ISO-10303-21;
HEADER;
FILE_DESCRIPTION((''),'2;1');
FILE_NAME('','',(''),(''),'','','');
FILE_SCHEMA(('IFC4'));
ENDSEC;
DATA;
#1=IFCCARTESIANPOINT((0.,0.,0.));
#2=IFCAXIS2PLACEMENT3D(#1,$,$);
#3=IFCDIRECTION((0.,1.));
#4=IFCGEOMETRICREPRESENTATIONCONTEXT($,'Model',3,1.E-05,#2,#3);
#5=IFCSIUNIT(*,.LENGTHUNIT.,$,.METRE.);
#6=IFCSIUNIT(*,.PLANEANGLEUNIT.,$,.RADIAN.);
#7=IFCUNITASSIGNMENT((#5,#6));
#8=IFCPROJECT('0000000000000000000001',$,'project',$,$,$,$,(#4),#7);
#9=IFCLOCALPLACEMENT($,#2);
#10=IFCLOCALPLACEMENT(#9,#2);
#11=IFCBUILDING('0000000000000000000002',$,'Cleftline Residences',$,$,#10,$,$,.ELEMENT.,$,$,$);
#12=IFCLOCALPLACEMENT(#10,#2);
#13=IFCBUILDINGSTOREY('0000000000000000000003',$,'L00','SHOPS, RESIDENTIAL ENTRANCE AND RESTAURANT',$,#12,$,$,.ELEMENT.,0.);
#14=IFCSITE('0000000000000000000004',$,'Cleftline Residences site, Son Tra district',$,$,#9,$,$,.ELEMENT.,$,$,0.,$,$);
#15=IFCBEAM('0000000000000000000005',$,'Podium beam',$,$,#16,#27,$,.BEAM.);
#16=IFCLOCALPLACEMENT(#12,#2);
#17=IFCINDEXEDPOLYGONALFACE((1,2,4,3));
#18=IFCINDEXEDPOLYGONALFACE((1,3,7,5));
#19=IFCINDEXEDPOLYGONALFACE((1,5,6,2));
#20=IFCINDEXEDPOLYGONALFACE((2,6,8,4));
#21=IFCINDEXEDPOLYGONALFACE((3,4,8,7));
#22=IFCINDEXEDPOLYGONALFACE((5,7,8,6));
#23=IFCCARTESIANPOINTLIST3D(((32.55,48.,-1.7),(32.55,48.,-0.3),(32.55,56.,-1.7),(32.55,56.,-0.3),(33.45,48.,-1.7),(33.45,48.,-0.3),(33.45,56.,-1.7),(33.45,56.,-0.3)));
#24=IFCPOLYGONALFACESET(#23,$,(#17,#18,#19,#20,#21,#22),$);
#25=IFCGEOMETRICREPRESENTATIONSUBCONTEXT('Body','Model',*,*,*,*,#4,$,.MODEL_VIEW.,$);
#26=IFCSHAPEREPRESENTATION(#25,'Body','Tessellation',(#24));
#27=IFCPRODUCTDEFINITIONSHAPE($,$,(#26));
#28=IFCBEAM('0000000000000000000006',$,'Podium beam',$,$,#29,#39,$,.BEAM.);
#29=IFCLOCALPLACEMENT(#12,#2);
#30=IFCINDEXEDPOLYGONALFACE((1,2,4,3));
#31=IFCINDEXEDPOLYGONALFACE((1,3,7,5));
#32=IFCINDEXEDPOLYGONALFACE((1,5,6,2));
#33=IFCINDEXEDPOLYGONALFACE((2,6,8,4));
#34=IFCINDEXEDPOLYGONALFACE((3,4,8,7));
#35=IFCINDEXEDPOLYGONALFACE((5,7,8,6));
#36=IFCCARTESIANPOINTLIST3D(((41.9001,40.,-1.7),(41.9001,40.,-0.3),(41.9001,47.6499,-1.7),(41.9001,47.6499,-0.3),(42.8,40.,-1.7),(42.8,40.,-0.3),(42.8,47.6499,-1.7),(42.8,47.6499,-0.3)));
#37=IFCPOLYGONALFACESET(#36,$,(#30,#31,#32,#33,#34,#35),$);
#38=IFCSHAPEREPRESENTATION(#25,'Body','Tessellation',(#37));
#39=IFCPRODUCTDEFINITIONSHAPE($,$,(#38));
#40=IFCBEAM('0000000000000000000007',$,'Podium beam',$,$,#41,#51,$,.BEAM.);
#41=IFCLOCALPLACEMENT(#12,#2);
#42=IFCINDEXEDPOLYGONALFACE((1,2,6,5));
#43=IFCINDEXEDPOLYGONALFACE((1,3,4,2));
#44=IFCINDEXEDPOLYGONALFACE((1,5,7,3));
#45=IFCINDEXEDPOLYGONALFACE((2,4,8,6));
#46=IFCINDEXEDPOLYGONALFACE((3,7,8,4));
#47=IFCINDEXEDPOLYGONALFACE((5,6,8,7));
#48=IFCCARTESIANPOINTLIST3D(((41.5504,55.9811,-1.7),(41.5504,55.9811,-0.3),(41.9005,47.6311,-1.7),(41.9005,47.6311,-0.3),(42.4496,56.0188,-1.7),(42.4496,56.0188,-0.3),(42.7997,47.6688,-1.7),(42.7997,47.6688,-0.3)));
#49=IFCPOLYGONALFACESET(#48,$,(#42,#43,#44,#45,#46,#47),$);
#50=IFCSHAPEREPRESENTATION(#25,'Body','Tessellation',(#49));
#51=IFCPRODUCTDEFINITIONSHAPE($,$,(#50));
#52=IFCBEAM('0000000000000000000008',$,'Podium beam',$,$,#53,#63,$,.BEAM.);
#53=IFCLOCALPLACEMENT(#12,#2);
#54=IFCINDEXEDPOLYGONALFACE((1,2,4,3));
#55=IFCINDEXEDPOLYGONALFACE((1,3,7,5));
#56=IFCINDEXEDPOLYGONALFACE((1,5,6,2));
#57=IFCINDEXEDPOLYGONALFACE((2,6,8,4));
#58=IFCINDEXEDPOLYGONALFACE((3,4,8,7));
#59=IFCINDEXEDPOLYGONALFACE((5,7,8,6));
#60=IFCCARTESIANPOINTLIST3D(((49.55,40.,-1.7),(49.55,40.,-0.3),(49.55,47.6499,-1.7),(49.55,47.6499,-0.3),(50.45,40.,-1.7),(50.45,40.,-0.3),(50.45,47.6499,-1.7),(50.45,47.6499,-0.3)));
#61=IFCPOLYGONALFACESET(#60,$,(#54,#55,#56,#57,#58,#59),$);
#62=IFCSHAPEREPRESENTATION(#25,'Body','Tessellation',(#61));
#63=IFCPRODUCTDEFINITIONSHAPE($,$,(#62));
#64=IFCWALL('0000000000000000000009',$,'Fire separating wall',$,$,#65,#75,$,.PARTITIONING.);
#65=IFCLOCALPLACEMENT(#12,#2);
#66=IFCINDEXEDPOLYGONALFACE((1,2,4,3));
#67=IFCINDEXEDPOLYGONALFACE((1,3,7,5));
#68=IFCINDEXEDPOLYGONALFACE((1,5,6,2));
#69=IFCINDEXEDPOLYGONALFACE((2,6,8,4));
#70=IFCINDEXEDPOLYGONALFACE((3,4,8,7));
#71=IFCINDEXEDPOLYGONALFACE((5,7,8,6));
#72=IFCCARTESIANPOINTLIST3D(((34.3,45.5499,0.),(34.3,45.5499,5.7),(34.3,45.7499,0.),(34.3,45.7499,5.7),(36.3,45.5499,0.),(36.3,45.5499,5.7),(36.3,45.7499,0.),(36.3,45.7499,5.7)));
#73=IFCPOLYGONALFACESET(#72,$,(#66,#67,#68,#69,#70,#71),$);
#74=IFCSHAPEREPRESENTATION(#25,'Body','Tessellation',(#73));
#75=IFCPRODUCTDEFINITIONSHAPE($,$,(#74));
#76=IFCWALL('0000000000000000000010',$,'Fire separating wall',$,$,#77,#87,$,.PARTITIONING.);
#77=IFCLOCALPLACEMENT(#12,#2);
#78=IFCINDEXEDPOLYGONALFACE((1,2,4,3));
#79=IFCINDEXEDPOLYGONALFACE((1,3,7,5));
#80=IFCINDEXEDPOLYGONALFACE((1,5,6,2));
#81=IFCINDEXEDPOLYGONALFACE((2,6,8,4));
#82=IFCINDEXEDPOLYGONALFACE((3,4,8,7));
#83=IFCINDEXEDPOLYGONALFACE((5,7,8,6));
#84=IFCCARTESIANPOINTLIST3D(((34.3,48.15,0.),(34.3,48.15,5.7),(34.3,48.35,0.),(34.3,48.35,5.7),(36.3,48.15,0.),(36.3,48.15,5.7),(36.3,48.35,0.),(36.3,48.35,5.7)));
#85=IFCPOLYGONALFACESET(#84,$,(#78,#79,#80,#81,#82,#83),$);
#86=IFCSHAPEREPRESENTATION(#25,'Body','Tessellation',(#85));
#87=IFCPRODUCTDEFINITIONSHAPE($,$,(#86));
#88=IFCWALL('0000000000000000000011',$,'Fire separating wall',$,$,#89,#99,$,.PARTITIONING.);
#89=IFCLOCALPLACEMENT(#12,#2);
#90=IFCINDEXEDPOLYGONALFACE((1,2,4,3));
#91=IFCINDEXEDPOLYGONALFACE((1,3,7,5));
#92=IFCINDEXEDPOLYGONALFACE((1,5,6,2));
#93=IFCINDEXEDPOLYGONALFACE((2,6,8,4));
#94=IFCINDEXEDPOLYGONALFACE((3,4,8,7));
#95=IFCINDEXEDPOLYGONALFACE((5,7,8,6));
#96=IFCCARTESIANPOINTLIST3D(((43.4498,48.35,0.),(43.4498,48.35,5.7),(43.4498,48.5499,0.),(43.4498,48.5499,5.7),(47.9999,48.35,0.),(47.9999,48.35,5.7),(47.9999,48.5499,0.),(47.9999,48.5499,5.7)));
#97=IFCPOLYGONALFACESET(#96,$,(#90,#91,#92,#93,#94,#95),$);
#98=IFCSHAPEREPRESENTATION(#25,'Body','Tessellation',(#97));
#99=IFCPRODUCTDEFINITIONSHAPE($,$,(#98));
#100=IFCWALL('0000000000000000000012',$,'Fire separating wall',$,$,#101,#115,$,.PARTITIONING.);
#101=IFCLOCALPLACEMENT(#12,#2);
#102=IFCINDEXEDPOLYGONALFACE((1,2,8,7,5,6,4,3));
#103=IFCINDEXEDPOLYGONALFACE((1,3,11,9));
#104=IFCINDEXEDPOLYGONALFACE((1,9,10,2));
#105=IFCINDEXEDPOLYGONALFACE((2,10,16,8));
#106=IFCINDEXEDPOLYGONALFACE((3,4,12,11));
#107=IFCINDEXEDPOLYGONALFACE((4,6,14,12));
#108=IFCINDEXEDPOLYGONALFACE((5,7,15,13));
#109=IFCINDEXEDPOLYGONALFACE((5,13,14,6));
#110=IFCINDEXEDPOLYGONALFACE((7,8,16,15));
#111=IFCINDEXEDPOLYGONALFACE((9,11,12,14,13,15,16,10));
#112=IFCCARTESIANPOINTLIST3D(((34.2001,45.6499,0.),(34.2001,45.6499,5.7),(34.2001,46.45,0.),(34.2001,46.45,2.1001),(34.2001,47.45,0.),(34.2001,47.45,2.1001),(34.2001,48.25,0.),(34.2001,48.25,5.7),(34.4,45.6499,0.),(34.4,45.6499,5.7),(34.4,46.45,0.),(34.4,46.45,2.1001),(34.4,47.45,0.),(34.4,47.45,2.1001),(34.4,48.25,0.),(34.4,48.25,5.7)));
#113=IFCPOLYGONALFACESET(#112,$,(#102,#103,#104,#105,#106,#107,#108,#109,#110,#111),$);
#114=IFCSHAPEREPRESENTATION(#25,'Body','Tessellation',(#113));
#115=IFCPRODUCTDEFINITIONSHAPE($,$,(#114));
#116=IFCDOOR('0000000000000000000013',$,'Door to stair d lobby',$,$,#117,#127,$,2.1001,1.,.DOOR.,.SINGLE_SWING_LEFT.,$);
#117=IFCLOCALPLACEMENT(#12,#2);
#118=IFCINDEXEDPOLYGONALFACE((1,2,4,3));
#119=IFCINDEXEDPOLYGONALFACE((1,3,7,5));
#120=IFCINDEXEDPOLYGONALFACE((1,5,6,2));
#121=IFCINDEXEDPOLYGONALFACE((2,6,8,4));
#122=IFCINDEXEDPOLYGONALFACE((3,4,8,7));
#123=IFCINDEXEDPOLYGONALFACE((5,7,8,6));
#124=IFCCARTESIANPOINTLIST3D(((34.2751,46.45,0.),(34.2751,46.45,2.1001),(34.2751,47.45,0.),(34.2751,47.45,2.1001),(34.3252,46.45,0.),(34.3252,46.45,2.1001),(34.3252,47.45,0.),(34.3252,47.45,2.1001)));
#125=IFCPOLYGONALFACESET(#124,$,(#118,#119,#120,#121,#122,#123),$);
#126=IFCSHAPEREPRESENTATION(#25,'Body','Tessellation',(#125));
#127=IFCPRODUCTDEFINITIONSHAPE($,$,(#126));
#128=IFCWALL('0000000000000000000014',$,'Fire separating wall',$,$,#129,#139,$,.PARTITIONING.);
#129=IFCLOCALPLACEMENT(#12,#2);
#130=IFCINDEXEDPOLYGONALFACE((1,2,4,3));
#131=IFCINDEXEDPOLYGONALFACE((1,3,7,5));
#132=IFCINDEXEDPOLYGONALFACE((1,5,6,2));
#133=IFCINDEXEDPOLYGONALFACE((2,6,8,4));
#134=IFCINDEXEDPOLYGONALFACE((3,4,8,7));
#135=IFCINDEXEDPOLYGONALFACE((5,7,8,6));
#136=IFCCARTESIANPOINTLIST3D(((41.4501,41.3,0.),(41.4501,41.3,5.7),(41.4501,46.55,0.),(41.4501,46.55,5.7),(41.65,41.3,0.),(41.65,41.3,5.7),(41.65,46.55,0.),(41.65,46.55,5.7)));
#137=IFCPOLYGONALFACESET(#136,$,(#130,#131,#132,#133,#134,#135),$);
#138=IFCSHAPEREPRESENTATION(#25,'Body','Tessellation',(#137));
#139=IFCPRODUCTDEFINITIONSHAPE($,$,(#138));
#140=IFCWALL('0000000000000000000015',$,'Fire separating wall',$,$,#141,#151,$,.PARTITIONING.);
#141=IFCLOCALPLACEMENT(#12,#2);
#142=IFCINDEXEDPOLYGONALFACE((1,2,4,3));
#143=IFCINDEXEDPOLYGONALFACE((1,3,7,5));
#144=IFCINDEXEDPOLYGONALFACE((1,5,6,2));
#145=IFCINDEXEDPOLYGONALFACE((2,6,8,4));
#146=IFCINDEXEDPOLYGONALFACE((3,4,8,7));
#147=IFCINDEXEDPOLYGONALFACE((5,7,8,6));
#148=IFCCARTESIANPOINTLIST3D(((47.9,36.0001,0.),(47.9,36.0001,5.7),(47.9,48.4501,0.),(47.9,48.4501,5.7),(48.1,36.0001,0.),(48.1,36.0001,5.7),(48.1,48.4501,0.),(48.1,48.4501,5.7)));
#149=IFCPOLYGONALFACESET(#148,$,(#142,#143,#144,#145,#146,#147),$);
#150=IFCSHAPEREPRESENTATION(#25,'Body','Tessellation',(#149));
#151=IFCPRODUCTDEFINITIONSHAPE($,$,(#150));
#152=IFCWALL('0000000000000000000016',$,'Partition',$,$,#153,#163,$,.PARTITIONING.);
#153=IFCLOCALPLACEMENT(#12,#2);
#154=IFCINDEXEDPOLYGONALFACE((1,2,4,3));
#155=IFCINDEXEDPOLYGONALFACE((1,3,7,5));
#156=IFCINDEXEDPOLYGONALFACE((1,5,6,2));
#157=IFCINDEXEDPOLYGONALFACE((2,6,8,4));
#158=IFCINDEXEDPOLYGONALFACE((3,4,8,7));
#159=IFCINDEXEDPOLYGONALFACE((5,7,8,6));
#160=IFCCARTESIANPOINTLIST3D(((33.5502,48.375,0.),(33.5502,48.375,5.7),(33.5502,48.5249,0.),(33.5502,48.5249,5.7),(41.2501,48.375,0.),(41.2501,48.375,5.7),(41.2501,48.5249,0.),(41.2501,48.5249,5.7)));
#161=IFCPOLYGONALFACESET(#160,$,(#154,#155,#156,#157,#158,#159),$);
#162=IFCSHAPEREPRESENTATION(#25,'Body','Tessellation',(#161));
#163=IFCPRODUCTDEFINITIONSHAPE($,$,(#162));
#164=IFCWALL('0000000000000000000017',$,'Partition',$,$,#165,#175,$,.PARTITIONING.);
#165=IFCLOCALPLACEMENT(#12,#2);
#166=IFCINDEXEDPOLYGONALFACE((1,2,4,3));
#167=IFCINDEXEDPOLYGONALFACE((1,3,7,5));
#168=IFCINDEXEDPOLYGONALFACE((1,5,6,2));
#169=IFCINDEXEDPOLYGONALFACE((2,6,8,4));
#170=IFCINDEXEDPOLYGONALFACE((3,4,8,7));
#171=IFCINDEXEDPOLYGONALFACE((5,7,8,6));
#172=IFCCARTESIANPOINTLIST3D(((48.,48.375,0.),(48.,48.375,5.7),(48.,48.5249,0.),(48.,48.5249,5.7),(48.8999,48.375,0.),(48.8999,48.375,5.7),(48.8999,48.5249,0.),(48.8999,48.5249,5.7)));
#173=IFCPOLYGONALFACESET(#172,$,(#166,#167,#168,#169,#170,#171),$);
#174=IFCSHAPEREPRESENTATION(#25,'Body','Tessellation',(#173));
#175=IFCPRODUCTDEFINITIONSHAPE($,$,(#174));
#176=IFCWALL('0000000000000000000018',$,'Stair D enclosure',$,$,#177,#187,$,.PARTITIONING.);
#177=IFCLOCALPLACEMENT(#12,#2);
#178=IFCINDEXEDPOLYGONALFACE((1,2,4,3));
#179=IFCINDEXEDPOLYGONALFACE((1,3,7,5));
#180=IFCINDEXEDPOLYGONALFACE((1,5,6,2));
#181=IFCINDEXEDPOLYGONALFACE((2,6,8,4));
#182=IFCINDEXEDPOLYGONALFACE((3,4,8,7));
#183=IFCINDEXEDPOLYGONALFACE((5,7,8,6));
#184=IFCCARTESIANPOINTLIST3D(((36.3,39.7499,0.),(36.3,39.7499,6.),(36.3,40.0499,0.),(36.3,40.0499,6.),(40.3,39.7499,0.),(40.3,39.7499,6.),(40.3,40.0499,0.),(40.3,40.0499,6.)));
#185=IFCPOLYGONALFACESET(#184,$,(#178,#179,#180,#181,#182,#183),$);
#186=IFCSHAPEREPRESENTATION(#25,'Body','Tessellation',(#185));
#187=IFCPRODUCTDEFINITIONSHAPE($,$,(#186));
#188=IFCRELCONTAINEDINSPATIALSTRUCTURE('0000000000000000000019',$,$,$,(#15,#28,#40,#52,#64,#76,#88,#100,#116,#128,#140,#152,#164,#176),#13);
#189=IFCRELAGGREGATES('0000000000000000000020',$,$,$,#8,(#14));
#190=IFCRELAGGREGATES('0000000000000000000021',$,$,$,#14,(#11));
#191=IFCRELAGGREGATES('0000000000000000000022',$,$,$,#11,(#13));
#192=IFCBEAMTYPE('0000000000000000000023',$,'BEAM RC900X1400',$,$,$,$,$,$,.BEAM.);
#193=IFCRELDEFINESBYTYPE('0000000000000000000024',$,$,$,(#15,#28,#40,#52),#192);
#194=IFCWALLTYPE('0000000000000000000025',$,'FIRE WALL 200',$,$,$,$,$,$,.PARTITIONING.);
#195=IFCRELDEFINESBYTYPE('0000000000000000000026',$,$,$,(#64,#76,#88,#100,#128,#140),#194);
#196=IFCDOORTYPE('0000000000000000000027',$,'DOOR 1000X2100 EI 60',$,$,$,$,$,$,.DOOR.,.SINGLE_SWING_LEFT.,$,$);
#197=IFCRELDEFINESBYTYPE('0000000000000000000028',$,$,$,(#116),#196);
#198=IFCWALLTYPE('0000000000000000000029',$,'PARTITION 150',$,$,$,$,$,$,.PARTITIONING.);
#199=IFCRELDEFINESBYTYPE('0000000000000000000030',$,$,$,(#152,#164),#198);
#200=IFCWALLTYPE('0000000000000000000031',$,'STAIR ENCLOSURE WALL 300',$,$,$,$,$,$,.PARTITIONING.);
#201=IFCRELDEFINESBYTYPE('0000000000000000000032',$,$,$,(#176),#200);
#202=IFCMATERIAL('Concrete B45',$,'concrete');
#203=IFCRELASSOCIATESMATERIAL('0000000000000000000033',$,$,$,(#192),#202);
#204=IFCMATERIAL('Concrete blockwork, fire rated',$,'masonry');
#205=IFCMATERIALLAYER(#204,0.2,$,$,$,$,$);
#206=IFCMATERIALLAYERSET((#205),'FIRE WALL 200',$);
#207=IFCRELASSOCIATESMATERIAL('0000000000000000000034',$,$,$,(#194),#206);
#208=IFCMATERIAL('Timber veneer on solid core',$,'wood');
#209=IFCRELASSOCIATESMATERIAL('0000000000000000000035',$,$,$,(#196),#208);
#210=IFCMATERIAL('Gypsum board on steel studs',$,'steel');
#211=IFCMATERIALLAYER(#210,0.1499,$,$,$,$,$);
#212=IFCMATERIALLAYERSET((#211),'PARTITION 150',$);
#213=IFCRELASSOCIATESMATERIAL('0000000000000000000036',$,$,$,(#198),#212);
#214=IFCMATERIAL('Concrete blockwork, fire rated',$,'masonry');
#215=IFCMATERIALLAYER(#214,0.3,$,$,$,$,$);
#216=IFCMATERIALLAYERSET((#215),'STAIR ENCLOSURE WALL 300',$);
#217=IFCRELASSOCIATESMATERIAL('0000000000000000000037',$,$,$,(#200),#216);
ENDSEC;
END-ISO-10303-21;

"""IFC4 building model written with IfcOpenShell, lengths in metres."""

from ifc_helpers import new_model, si_unit, direction, frame, frame_2d, origin, origin_2d, place, context, subcontext, project, spatial, rectangle, extrude, material, layer, layer_set, material_profile, profile_set, type_object, element, fill, save


model = new_model("IFC4")

# Units and contexts
model_context = context("Model", 3, precision=1e-05, world=origin(), true_north=direction((0.0, 1.0)))
body_context = subcontext(model_context, "Body", "Model", "MODEL_VIEW")
ifc_project = project(units=[si_unit("LENGTHUNIT", "METRE"), si_unit("PLANEANGLEUNIT", "RADIAN")], contexts=[model_context])

# Site, building, storey
site_placement = place(None, origin())
site = spatial("IfcSite", under=ifc_project, at=site_placement, Name="Cleftline Residences site, Son Tra district", CompositionType="ELEMENT", RefElevation=0.0)
building_placement = place(site_placement, origin())
building = spatial("IfcBuilding", under=site, at=building_placement, Name="Cleftline Residences", CompositionType="ELEMENT")
storey_placement = place(building_placement, origin())
storey = spatial("IfcBuildingStorey", under=building, at=storey_placement, Name="L00", Description="SHOPS, RESIDENTIAL ENTRANCE AND RESTAURANT", CompositionType="ELEMENT", Elevation=0.0)

# Beams
ifc_material_1 = material(Name="Concrete B45", Category="concrete")
ifc_material_profile_1 = material_profile(ifc_material_1, rectangle(XDim=0.8999, YDim=1.3999, at=origin_2d()))
ifc_profile_set_1 = profile_set([ifc_material_profile_1], Name="Concrete B45")
beam_type = type_object("IfcBeamType", Name="BEAM RC900X1400", PredefinedType="BEAM", material=ifc_profile_set_1)
for number, where, z_axis, x_axis, name in (
    (1, (33.0, 48.0, -1.0), (0.0, 1.0, 0.0), (-1.0, 0.0, 0.0), "Podium beam"),
):
    element("IfcBeam", number, at=place(storey_placement, frame(where, z_axis=z_axis, x_axis=x_axis)), inside=storey, type_object=beam_type, Name=name, PredefinedType="BEAM", context=body_context, shape_type="SweptSolid", body=[
        extrude(rectangle(XDim=0.8999, YDim=1.3999, at=origin_2d()), origin(), (0.0, 0.0, 1.0), 8.0),
    ])
beam_1_placement = place(storey_placement, frame((42.3501, 40.0, -1.0), z_axis=(0.0, 1.0, 0.0), x_axis=(-1.0, 0.0, 0.0)))
element("IfcBeam", 2, at=beam_1_placement, inside=storey, type_object=beam_type, Name="Podium beam", PredefinedType="BEAM", context=body_context, shape_type="SweptSolid", body=[
    extrude(rectangle(XDim=0.8999, YDim=1.3999, at=origin_2d()), origin(), (0.0, 0.0, 1.0), 7.6499),
])
beam_2_placement = place(storey_placement, frame((42.3501, 47.6499, -1.0), z_axis=(-0.041891, 0.999122, 0.0), x_axis=(-0.999122, -0.041891, 0.0)))
element("IfcBeam", 3, at=beam_2_placement, inside=storey, type_object=beam_type, Name="Podium beam", PredefinedType="BEAM", context=body_context, shape_type="SweptSolid", body=[
    extrude(rectangle(XDim=0.8999, YDim=1.3999, at=origin_2d()), origin(), (0.0, 0.0, 1.0), 8.3574),
])
beam_3_placement = place(storey_placement, frame((50.0, 40.0, -1.0), z_axis=(0.0, 1.0, 0.0), x_axis=(-1.0, 0.0, 0.0)))
element("IfcBeam", 4, at=beam_3_placement, inside=storey, type_object=beam_type, Name="Podium beam", PredefinedType="BEAM", context=body_context, shape_type="SweptSolid", body=[
    extrude(rectangle(XDim=0.8999, YDim=1.3999, at=origin_2d()), origin(), (0.0, 0.0, 1.0), 7.6499),
])

# Walls
ifc_material_2 = material(Name="Concrete blockwork, fire rated", Category="masonry")
ifc_layer_1 = layer(ifc_material_2, 0.2)
ifc_layer_set_1 = layer_set([ifc_layer_1], Name="FIRE WALL 200")
wall_type_1 = type_object("IfcWallType", Name="FIRE WALL 200", PredefinedType="PARTITIONING", material=ifc_layer_set_1)
for number, where, z_axis, x_axis, name in (
    (5, (34.3, 45.6499, 0.0), (0.0, 0.0, 1.0), (1.0, 0.0, 0.0), "Fire separating wall"),
    (6, (34.3, 48.25, 0.0), (0.0, 0.0, 1.0), (1.0, 0.0, 0.0), "Fire separating wall"),
):
    element("IfcWall", number, at=place(storey_placement, frame(where, z_axis=z_axis, x_axis=x_axis)), inside=storey, type_object=wall_type_1, Name=name, PredefinedType="PARTITIONING", context=body_context, shape_type="SweptSolid", body=[
        extrude(rectangle(XDim=2.0, YDim=0.2, at=frame_2d((1.0, 0.0))), origin(), (0.0, 0.0, 1.0), 5.7),
    ])
wall_1_placement = place(storey_placement, frame((43.45, 48.45, 0.0), z_axis=(0.0, 0.0, 1.0), x_axis=(1.0, 0.0, 0.0)))
element("IfcWall", 7, at=wall_1_placement, inside=storey, type_object=wall_type_1, Name="Fire separating wall", PredefinedType="PARTITIONING", context=body_context, shape_type="SweptSolid", body=[
    extrude(rectangle(XDim=4.55, YDim=0.2, at=frame_2d((2.2749, 0.0))), origin(), (0.0, 0.0, 1.0), 5.7),
])

# Wall, opening, door
wall_2_placement = place(storey_placement, frame((34.3, 45.6499, 0.0), z_axis=(0.0, 0.0, 1.0), x_axis=(0.0, 1.0, 0.0)))
wall_2 = element("IfcWall", 8, at=wall_2_placement, inside=storey, type_object=wall_type_1, Name="Fire separating wall", PredefinedType="PARTITIONING", context=body_context, shape_type="SweptSolid", body=[
    extrude(rectangle(XDim=2.6001, YDim=0.2, at=frame_2d((1.3, 0.0))), origin(), (0.0, 0.0, 1.0), 5.7),
])
opening_1_placement = place(wall_2_placement, frame((0.8, 0.0, 0.0)))
opening_1 = element("IfcOpeningElement", 9, at=opening_1_placement, cuts=wall_2, PredefinedType="OPENING", context=body_context, shape_type="SweptSolid", body=[
    extrude(rectangle(XDim=1.0, YDim=2.1001, at=frame_2d((0.5, 1.05))), frame((0.0, 0.1099, 0.0), z_axis=(0.0, -1.0, 0.0), x_axis=(1.0, 0.0, 0.0)), (0.0, 0.0, 1.0), 0.22),
])
ifc_material_3 = material(Name="Timber veneer on solid core", Category="wood")
door_type_1 = type_object("IfcDoorType", Name="DOOR 1000X2100 EI 60", OperationType="SINGLE_SWING_LEFT", PredefinedType="DOOR", material=ifc_material_3)
door_1_placement = place(opening_1_placement, origin())
door_1 = element("IfcDoor", 10, at=door_1_placement, inside=storey, type_object=door_type_1, Name="Door to stair d lobby", OperationType="SINGLE_SWING_LEFT", OverallHeight=2.1001, OverallWidth=1.0, PredefinedType="DOOR", context=body_context, shape_type="SweptSolid", body=[
    extrude(rectangle(XDim=1.0, YDim=2.1001, at=frame_2d((0.5, 1.05))), frame((0.0, 0.0249, 0.0), z_axis=(0.0, -1.0, 0.0), x_axis=(1.0, 0.0, 0.0)), (0.0, 0.0, 1.0), 0.05),
])
fill(opening_1, door_1)

# Walls
wall_3_placement = place(storey_placement, frame((41.55, 41.3, 0.0), z_axis=(0.0, 0.0, 1.0), x_axis=(0.0, 1.0, 0.0)))
element("IfcWall", 11, at=wall_3_placement, inside=storey, type_object=wall_type_1, Name="Fire separating wall", PredefinedType="PARTITIONING", context=body_context, shape_type="SweptSolid", body=[
    extrude(rectangle(XDim=5.25, YDim=0.2, at=frame_2d((2.625, 0.0))), origin(), (0.0, 0.0, 1.0), 5.7),
])
wall_4_placement = place(storey_placement, frame((48.0, 36.0, 0.0), z_axis=(0.0, 0.0, 1.0), x_axis=(0.0, 1.0, 0.0)))
element("IfcWall", 12, at=wall_4_placement, inside=storey, type_object=wall_type_1, Name="Fire separating wall", PredefinedType="PARTITIONING", context=body_context, shape_type="SweptSolid", body=[
    extrude(rectangle(XDim=12.45, YDim=0.2, at=frame_2d((6.2251, 0.0))), origin(), (0.0, 0.0, 1.0), 5.7),
])
ifc_material_4 = material(Name="Gypsum board on steel studs", Category="steel")
ifc_layer_2 = layer(ifc_material_4, 0.1499)
ifc_layer_set_2 = layer_set([ifc_layer_2], Name="PARTITION 150")
wall_type_2 = type_object("IfcWallType", Name="PARTITION 150", PredefinedType="PARTITIONING", material=ifc_layer_set_2)
wall_5_placement = place(storey_placement, frame((33.55, 48.45, 0.0), z_axis=(0.0, 0.0, 1.0), x_axis=(1.0, 0.0, 0.0)))
element("IfcWall", 13, at=wall_5_placement, inside=storey, type_object=wall_type_2, Name="Partition", PredefinedType="PARTITIONING", context=body_context, shape_type="SweptSolid", body=[
    extrude(rectangle(XDim=7.7, YDim=0.1499, at=frame_2d((3.8501, 0.0))), origin(), (0.0, 0.0, 1.0), 5.7),
])
wall_6_placement = place(storey_placement, frame((48.0, 48.45, 0.0), z_axis=(0.0, 0.0, 1.0), x_axis=(1.0, 0.0, 0.0)))
element("IfcWall", 14, at=wall_6_placement, inside=storey, type_object=wall_type_2, Name="Partition", PredefinedType="PARTITIONING", context=body_context, shape_type="SweptSolid", body=[
    extrude(rectangle(XDim=0.8999, YDim=0.1499, at=frame_2d((0.45, 0.0))), origin(), (0.0, 0.0, 1.0), 5.7),
])
ifc_material_5 = material(Name="Concrete blockwork, fire rated", Category="masonry")
ifc_layer_3 = layer(ifc_material_5, 0.3)
ifc_layer_set_3 = layer_set([ifc_layer_3], Name="STAIR ENCLOSURE WALL 300")
wall_type_3 = type_object("IfcWallType", Name="STAIR ENCLOSURE WALL 300", PredefinedType="PARTITIONING", material=ifc_layer_set_3)
for number, where, z_axis, x_axis, name in (
    (15, (36.3, 39.8999, 0.0), (0.0, 0.0, 1.0), (1.0, 0.0, 0.0), "Stair D enclosure"),
):
    element("IfcWall", number, at=place(storey_placement, frame(where, z_axis=z_axis, x_axis=x_axis)), inside=storey, type_object=wall_type_3, Name=name, PredefinedType="PARTITIONING", context=body_context, shape_type="SweptSolid", body=[
        extrude(rectangle(XDim=4.0, YDim=0.3, at=frame_2d((2.0, 0.0))), origin(), (0.0, 0.0, 1.0), 6.0),
    ])

save(model, "model.ifc")
